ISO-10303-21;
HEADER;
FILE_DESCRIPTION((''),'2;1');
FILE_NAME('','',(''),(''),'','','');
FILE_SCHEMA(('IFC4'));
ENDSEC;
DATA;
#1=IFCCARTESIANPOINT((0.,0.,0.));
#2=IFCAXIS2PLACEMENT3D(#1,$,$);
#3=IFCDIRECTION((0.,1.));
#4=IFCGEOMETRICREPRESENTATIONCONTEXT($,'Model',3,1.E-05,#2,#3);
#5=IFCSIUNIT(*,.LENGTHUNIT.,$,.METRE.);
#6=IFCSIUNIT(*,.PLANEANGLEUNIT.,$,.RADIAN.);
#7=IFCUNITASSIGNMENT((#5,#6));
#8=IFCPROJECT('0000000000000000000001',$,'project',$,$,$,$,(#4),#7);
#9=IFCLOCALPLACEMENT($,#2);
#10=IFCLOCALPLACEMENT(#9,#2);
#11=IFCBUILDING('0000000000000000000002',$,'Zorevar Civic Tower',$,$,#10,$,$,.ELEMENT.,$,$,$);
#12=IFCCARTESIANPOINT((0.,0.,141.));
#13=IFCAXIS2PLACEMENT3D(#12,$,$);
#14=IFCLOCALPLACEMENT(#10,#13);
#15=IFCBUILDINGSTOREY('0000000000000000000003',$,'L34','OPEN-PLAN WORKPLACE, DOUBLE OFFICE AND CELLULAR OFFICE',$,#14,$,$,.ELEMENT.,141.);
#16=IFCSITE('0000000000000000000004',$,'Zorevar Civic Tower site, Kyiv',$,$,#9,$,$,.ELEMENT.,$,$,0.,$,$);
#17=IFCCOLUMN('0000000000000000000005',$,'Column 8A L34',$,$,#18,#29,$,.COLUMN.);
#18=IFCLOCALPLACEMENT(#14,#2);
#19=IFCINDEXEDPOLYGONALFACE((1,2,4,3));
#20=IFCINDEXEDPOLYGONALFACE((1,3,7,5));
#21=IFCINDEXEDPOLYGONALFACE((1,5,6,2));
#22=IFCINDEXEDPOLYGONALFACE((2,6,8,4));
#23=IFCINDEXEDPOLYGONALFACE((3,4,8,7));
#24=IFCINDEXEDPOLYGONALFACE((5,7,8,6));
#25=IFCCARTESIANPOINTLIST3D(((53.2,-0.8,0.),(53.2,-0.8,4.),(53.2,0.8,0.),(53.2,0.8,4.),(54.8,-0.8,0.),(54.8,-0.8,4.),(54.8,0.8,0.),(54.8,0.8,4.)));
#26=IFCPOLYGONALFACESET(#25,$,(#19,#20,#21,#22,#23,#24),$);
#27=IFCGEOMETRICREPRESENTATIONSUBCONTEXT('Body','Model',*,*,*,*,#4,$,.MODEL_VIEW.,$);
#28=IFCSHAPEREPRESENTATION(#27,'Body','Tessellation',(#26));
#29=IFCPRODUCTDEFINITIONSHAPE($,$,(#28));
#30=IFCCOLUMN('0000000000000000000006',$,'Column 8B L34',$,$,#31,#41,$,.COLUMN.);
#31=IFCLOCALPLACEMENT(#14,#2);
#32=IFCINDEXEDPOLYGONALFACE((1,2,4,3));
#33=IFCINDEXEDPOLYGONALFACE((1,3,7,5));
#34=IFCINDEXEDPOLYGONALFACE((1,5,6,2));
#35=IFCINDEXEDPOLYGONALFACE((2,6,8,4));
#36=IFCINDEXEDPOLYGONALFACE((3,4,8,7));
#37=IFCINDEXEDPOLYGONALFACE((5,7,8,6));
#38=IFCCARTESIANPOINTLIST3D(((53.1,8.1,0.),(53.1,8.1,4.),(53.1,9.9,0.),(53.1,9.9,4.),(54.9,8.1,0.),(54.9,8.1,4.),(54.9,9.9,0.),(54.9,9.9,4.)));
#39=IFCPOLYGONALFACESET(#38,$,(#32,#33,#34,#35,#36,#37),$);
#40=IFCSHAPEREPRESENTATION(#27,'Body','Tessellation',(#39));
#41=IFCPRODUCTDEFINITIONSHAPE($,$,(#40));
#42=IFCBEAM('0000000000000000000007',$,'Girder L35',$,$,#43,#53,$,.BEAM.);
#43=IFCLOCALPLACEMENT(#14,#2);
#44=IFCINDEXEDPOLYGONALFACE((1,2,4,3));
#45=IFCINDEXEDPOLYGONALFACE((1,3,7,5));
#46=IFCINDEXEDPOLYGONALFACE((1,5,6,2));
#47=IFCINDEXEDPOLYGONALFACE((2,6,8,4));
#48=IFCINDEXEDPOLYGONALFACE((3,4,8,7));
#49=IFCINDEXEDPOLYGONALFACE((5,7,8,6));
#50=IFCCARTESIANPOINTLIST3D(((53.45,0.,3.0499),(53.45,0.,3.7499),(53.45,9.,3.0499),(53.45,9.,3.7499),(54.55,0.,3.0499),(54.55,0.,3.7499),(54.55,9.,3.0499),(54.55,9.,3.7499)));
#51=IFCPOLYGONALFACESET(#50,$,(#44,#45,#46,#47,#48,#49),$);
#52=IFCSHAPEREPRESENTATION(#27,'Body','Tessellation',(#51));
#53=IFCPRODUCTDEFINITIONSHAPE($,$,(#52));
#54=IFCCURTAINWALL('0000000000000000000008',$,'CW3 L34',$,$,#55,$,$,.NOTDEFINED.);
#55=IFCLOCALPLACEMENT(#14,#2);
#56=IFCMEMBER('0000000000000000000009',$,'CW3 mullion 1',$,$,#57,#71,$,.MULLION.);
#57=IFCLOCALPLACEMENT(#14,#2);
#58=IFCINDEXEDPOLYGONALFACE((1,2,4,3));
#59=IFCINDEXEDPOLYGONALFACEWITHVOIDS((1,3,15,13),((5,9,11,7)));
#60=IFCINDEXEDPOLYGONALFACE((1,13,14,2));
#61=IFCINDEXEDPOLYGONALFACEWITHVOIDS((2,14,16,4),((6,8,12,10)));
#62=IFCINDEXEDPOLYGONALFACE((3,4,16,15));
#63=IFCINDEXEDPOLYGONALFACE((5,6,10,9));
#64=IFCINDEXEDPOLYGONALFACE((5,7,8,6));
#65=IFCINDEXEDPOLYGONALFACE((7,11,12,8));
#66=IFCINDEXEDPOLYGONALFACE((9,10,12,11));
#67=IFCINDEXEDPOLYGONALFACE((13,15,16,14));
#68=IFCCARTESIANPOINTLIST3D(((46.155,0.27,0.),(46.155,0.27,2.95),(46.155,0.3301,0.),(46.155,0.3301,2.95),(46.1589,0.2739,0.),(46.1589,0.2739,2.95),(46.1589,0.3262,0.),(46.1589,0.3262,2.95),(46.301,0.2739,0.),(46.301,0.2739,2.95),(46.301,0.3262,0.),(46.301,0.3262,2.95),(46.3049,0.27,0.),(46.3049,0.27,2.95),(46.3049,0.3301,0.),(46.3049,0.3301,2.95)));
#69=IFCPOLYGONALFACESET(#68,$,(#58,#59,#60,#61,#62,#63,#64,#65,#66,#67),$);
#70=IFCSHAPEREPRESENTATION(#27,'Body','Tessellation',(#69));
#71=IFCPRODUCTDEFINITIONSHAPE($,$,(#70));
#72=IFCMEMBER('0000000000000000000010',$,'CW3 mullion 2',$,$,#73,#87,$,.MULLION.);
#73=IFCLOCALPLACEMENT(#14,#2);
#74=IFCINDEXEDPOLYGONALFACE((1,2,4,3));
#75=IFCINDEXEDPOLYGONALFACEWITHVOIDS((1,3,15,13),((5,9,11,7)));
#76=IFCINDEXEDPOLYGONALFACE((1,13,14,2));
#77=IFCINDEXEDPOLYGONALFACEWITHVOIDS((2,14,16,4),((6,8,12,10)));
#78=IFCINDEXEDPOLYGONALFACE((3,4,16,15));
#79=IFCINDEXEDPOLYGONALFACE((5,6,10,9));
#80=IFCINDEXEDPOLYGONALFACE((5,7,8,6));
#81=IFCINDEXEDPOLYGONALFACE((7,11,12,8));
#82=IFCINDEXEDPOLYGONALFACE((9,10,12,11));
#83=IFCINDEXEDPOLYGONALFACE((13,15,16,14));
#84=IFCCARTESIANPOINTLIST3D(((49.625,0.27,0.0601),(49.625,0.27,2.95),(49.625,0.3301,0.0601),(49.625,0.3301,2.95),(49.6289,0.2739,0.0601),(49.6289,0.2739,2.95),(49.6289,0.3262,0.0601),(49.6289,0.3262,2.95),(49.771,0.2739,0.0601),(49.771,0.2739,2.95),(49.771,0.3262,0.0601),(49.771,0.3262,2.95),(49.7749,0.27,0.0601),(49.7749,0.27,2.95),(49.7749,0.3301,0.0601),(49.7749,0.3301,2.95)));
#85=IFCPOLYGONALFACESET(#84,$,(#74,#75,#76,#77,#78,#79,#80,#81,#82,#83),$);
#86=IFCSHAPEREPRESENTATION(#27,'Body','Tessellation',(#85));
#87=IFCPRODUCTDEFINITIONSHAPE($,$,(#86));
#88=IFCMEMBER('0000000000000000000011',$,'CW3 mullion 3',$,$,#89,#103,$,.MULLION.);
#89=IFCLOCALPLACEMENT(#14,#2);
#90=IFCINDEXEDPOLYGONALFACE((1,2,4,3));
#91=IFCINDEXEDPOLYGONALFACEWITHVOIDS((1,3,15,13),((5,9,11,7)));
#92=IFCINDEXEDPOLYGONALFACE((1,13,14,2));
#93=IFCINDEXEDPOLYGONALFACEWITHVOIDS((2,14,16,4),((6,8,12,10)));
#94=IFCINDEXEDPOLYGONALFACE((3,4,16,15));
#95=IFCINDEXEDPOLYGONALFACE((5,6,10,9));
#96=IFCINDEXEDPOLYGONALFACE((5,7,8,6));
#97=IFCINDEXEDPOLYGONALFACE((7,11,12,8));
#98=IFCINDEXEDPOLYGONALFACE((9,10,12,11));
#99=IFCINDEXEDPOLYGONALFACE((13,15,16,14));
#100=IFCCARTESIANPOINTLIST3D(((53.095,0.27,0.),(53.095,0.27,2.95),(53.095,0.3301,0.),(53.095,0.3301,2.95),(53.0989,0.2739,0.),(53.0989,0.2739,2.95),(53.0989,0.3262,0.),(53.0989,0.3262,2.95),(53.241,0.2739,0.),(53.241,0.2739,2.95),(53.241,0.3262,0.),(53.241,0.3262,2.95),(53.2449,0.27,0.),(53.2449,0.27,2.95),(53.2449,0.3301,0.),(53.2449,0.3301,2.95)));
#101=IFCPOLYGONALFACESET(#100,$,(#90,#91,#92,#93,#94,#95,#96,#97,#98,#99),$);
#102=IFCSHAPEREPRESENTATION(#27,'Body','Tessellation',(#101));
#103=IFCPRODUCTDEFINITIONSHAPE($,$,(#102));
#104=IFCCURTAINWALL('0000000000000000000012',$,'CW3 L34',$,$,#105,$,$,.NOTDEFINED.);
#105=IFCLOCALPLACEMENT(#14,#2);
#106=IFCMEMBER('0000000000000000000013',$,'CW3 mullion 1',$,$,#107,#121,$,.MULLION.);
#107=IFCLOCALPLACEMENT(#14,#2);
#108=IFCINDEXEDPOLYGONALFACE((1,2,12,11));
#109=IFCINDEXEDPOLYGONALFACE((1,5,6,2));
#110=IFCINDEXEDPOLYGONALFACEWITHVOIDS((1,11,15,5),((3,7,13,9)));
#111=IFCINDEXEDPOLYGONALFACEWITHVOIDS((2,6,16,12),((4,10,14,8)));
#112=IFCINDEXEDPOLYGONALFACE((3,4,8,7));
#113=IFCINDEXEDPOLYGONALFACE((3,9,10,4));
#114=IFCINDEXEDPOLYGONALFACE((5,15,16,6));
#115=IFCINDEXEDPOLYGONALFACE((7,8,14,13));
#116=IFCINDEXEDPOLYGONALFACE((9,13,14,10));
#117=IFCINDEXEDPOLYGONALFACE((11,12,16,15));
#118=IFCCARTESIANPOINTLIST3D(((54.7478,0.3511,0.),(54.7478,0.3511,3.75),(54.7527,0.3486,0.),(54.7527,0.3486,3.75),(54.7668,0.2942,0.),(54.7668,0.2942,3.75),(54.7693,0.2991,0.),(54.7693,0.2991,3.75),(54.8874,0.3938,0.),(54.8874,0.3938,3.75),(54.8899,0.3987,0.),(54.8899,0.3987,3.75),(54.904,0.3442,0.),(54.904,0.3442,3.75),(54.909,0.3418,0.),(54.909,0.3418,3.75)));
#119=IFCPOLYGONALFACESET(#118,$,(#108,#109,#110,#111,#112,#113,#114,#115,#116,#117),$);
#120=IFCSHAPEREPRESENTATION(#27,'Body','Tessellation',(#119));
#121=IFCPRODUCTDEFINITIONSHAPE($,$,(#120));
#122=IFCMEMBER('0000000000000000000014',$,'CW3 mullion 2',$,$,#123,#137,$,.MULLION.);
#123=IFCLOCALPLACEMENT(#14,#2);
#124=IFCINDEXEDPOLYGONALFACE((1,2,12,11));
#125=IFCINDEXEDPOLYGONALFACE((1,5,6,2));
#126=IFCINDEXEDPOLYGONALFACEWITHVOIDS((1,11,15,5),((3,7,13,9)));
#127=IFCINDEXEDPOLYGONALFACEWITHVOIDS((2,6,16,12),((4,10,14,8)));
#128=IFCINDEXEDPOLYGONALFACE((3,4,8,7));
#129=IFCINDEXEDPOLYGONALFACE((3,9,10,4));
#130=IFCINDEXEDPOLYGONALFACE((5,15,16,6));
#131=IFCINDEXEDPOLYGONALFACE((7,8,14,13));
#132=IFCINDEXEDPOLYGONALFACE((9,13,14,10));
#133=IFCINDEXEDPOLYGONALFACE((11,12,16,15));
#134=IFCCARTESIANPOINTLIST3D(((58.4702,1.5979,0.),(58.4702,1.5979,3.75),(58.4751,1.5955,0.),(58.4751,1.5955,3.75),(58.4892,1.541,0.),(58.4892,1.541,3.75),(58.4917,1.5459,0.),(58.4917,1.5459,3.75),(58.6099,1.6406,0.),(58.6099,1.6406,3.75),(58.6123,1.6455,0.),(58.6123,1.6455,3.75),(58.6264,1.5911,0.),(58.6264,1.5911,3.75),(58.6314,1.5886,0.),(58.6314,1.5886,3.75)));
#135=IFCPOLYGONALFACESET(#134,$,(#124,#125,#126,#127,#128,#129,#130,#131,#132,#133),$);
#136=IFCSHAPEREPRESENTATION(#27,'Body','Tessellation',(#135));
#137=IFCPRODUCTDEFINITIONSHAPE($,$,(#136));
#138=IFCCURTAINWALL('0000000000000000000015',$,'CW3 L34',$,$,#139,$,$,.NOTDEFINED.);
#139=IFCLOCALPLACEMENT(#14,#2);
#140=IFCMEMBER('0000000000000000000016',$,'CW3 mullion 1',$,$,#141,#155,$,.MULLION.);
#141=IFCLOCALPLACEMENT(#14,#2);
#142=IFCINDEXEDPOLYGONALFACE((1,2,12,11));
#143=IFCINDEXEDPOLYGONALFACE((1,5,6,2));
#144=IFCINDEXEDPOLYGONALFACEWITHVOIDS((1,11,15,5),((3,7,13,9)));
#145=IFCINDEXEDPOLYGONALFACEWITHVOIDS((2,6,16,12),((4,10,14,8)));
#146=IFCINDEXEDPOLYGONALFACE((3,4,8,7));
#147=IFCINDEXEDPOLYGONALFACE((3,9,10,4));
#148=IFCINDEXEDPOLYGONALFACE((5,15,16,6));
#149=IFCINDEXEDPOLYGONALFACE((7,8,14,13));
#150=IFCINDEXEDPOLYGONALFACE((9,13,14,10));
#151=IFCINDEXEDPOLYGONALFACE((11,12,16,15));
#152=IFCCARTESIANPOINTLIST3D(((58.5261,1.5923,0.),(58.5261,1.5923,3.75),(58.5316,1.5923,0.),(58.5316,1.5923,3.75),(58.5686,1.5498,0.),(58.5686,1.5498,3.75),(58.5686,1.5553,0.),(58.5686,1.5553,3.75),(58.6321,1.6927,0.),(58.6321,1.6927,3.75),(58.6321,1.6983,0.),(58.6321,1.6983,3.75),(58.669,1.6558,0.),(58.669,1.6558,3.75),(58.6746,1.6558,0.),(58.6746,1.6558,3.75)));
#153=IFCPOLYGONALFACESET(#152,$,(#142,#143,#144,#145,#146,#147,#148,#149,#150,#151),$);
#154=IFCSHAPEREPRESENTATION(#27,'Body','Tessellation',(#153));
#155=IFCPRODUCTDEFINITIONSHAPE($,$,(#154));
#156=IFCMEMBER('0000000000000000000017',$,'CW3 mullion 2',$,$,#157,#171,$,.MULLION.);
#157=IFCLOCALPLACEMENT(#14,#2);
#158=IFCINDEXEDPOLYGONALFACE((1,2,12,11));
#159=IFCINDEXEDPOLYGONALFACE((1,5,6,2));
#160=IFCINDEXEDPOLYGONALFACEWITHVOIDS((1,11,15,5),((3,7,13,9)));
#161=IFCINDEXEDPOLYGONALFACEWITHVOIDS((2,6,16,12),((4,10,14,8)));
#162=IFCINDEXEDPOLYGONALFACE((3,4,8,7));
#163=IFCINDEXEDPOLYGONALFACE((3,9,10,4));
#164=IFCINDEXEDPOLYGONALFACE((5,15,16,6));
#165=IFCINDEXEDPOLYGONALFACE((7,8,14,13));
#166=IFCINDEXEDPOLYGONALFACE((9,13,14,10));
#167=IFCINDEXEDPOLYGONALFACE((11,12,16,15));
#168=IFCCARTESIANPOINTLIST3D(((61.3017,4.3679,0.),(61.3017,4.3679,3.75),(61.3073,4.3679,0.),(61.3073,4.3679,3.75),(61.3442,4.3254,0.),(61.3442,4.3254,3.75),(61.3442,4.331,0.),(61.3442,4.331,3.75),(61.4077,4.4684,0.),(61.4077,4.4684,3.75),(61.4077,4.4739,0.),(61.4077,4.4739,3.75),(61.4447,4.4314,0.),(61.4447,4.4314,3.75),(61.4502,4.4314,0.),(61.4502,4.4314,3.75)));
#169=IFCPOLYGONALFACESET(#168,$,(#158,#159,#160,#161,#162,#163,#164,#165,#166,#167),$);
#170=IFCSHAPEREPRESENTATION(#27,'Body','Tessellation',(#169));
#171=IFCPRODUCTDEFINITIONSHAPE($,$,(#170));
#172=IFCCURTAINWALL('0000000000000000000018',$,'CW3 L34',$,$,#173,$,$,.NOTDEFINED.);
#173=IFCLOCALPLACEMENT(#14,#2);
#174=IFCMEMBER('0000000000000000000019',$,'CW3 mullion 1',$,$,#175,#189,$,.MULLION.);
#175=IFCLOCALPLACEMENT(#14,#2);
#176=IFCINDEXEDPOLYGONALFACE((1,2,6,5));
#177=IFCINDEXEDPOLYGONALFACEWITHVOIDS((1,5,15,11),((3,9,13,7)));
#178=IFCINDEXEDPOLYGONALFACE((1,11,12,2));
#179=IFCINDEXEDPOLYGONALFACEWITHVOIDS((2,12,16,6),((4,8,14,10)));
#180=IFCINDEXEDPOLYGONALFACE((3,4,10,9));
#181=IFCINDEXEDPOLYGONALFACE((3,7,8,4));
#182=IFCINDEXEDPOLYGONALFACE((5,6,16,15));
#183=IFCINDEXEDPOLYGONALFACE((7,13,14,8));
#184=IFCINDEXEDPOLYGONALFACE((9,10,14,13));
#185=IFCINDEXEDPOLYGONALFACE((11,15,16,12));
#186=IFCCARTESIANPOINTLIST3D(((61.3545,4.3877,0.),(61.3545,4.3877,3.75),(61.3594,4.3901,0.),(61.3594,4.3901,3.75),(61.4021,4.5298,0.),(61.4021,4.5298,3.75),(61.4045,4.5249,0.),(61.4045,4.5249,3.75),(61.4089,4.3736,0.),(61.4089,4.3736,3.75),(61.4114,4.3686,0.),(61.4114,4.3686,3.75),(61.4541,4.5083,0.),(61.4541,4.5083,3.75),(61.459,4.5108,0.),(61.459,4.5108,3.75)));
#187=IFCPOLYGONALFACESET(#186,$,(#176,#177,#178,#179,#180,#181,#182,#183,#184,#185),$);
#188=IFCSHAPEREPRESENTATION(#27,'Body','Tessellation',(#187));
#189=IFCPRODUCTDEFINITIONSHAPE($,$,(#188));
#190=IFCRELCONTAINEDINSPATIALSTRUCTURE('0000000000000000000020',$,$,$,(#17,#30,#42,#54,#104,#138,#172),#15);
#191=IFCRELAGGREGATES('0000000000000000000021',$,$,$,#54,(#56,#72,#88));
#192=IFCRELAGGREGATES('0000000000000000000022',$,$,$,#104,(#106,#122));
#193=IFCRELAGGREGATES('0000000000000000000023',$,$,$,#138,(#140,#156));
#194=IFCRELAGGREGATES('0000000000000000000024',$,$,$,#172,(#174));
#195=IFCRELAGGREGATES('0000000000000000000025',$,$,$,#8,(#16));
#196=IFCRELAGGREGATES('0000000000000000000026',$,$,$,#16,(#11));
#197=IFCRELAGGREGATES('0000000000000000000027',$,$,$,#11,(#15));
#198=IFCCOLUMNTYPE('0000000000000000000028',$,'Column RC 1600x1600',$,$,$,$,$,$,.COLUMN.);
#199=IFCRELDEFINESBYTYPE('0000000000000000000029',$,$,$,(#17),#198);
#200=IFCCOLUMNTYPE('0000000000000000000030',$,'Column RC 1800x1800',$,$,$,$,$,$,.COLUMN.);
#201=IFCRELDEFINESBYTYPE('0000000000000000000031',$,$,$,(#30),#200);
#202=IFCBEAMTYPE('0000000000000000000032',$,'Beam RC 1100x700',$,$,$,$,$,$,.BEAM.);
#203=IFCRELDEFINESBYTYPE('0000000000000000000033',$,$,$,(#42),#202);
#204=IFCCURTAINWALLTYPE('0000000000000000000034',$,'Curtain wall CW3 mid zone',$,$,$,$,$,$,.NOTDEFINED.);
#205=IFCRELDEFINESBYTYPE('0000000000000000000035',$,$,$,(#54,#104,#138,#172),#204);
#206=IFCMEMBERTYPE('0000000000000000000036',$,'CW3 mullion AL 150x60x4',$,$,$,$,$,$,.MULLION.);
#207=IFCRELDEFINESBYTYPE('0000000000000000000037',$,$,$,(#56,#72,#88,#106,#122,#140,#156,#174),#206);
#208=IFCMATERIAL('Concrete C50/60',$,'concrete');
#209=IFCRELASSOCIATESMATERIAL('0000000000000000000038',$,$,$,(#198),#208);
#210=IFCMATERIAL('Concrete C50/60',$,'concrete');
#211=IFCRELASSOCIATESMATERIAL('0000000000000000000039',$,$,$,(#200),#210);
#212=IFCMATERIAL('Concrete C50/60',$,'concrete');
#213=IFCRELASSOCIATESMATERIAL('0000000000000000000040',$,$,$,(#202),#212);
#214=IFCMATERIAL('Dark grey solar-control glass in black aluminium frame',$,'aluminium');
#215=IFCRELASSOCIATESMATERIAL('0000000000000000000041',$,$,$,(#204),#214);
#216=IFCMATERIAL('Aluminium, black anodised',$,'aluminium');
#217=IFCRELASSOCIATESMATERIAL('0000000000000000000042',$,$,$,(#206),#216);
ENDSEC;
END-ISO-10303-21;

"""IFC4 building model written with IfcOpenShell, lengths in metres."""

from ifc_helpers import new_model, si_unit, direction, frame, origin, origin_2d, place, context, subcontext, project, spatial, rectangle, hollow_rectangle, extrude, material, material_profile, profile_set, type_object, element, aggregate, save


model = new_model("IFC4")

# Units and contexts
model_context = context("Model", 3, precision=1e-05, world=origin(), true_north=direction((0.0, 1.0)))
body_context = subcontext(model_context, "Body", "Model", "MODEL_VIEW")
ifc_project = project(units=[si_unit("LENGTHUNIT", "METRE"), si_unit("PLANEANGLEUNIT", "RADIAN")], contexts=[model_context])

# Site, building, storey
site_placement = place(None, origin())
site = spatial("IfcSite", under=ifc_project, at=site_placement, Name="Zorevar Civic Tower site, Kyiv", CompositionType="ELEMENT", RefElevation=0.0)
building_placement = place(site_placement, origin())
building = spatial("IfcBuilding", under=site, at=building_placement, Name="Zorevar Civic Tower", CompositionType="ELEMENT")
storey_placement = place(building_placement, frame((0.0, 0.0, 141.0)))
storey = spatial("IfcBuildingStorey", under=building, at=storey_placement, Name="L34", Description="OPEN-PLAN WORKPLACE, DOUBLE OFFICE AND CELLULAR OFFICE", CompositionType="ELEMENT", Elevation=141.0)

# Columns
ifc_material_1 = material(Name="Concrete C50/60", Category="concrete")
ifc_material_profile_1 = material_profile(ifc_material_1, rectangle(XDim=1.6001, YDim=1.6001, at=origin_2d()), Name="RC 1600x1600")
ifc_profile_set_1 = profile_set([ifc_material_profile_1], Name="Concrete C50/60")
column_type_1 = type_object("IfcColumnType", Name="Column RC 1600x1600", PredefinedType="COLUMN", material=ifc_profile_set_1)
column_1_placement = place(storey_placement, frame((54.0, 0.0, 0.0), z_axis=(0.0, 0.0, 1.0), x_axis=(1.0, 0.0, 0.0)))
element("IfcColumn", 1, at=column_1_placement, inside=storey, type_object=column_type_1, Name="Column 8A L34", PredefinedType="COLUMN", context=body_context, shape_type="SweptSolid", body=[
    extrude(rectangle(XDim=1.6001, YDim=1.6001, at=origin_2d()), origin(), (0.0, 0.0, 1.0), 4.0),
])
ifc_material_2 = material(Name="Concrete C50/60", Category="concrete")
ifc_material_profile_2 = material_profile(ifc_material_2, rectangle(XDim=1.8, YDim=1.8, at=origin_2d()), Name="RC 1800x1800")
ifc_profile_set_2 = profile_set([ifc_material_profile_2], Name="Concrete C50/60")
column_type_2 = type_object("IfcColumnType", Name="Column RC 1800x1800", PredefinedType="COLUMN", material=ifc_profile_set_2)
column_2_placement = place(storey_placement, frame((54.0, 9.0, 0.0), z_axis=(0.0, 0.0, 1.0), x_axis=(1.0, 0.0, 0.0)))
element("IfcColumn", 2, at=column_2_placement, inside=storey, type_object=column_type_2, Name="Column 8B L34", PredefinedType="COLUMN", context=body_context, shape_type="SweptSolid", body=[
    extrude(rectangle(XDim=1.8, YDim=1.8, at=origin_2d()), origin(), (0.0, 0.0, 1.0), 4.0),
])

# Beam
ifc_material_3 = material(Name="Concrete C50/60", Category="concrete")
ifc_material_profile_3 = material_profile(ifc_material_3, rectangle(XDim=1.1001, YDim=0.7, at=origin_2d()), Name="RC 1100x700")
ifc_profile_set_3 = profile_set([ifc_material_profile_3], Name="Concrete C50/60")
beam_type_1 = type_object("IfcBeamType", Name="Beam RC 1100x700", PredefinedType="BEAM", material=ifc_profile_set_3)
beam_1_placement = place(storey_placement, frame((54.0, 0.0, 3.3999), z_axis=(0.0, 1.0, 0.0), x_axis=(-1.0, 0.0, 0.0)))
element("IfcBeam", 3, at=beam_1_placement, inside=storey, type_object=beam_type_1, Name="Girder L35", PredefinedType="BEAM", context=body_context, shape_type="SweptSolid", body=[
    extrude(rectangle(XDim=1.1001, YDim=0.7, at=origin_2d()), origin(), (0.0, 0.0, 1.0), 9.0),
])

# Curtain walls, members
ifc_material_4 = material(Name="Dark grey solar-control glass in black aluminium frame", Category="aluminium")
curtain_wall_type = type_object("IfcCurtainWallType", Name="Curtain wall CW3 mid zone", PredefinedType="NOTDEFINED", material=ifc_material_4)
curtain_wall_1_placement = place(storey_placement, origin())
curtain_wall_1 = element("IfcCurtainWall", 4, at=curtain_wall_1_placement, inside=storey, type_object=curtain_wall_type, Name="CW3 L34", PredefinedType="NOTDEFINED")
ifc_material_5 = material(Name="Aluminium, black anodised", Category="aluminium")
ifc_material_profile_4 = material_profile(ifc_material_5, hollow_rectangle(XDim=0.0601, YDim=0.1499, WallThickness=0.0039, at=origin_2d()), Name="AL 150x60x4")
ifc_profile_set_4 = profile_set([ifc_material_profile_4], Name="Aluminium, black anodised")
member_type_1 = type_object("IfcMemberType", Name="CW3 mullion AL 150x60x4", PredefinedType="MULLION", material=ifc_profile_set_4)
member_1_placement = place(storey_placement, frame((46.23, 0.3, 0.0), z_axis=(0.0, 0.0, 1.0), x_axis=(0.0, 1.0, 0.0)))
member_1 = element("IfcMember", 5, at=member_1_placement, type_object=member_type_1, Name="CW3 mullion 1", PredefinedType="MULLION", context=body_context, shape_type="SweptSolid", body=[
    extrude(hollow_rectangle(XDim=0.0601, YDim=0.1499, WallThickness=0.0039, at=origin_2d()), origin(), (0.0, 0.0, 1.0), 2.95),
])
member_2_placement = place(storey_placement, frame((49.7, 0.3, 0.0601), z_axis=(0.0, 0.0, 1.0), x_axis=(0.0, 1.0, 0.0)))
member_2 = element("IfcMember", 6, at=member_2_placement, type_object=member_type_1, Name="CW3 mullion 2", PredefinedType="MULLION", context=body_context, shape_type="SweptSolid", body=[
    extrude(hollow_rectangle(XDim=0.0601, YDim=0.1499, WallThickness=0.0039, at=origin_2d()), origin(), (0.0, 0.0, 1.0), 2.8899),
])
member_3_placement = place(storey_placement, frame((53.1699, 0.3, 0.0), z_axis=(0.0, 0.0, 1.0), x_axis=(0.0, 1.0, 0.0)))
member_3 = element("IfcMember", 7, at=member_3_placement, type_object=member_type_1, Name="CW3 mullion 3", PredefinedType="MULLION", context=body_context, shape_type="SweptSolid", body=[
    extrude(hollow_rectangle(XDim=0.0601, YDim=0.1499, WallThickness=0.0039, at=origin_2d()), origin(), (0.0, 0.0, 1.0), 2.95),
])
curtain_wall_2_placement = place(storey_placement, origin())
curtain_wall_2 = element("IfcCurtainWall", 8, at=curtain_wall_2_placement, inside=storey, type_object=curtain_wall_type, Name="CW3 L34", PredefinedType="NOTDEFINED")
member_4_placement = place(storey_placement, frame((54.8284, 0.3464, 0.0), z_axis=(0.0, 0.0, 1.0), x_axis=(-0.317593, 0.948227, 0.0)))
member_4 = element("IfcMember", 9, at=member_4_placement, type_object=member_type_1, Name="CW3 mullion 1", PredefinedType="MULLION", context=body_context, shape_type="SweptSolid", body=[
    extrude(hollow_rectangle(XDim=0.0601, YDim=0.1499, WallThickness=0.0039, at=origin_2d()), origin(), (0.0, 0.0, 1.0), 3.75),
])
member_5_placement = place(storey_placement, frame((58.5508, 1.5933, 0.0), z_axis=(0.0, 0.0, 1.0), x_axis=(-0.317593, 0.948227, 0.0)))
member_5 = element("IfcMember", 10, at=member_5_placement, type_object=member_type_1, Name="CW3 mullion 2", PredefinedType="MULLION", context=body_context, shape_type="SweptSolid", body=[
    extrude(hollow_rectangle(XDim=0.0601, YDim=0.1499, WallThickness=0.0039, at=origin_2d()), origin(), (0.0, 0.0, 1.0), 3.75),
])
curtain_wall_3_placement = place(storey_placement, origin())
curtain_wall_3 = element("IfcCurtainWall", 11, at=curtain_wall_3_placement, inside=storey, type_object=curtain_wall_type, Name="CW3 L34", PredefinedType="NOTDEFINED")
member_6_placement = place(storey_placement, frame((58.6003, 1.624, 0.0), z_axis=(0.0, 0.0, 1.0), x_axis=(-0.707107, 0.707107, 0.0)))
member_6 = element("IfcMember", 12, at=member_6_placement, type_object=member_type_1, Name="CW3 mullion 1", PredefinedType="MULLION", context=body_context, shape_type="SweptSolid", body=[
    extrude(hollow_rectangle(XDim=0.0601, YDim=0.1499, WallThickness=0.0039, at=origin_2d()), origin(), (0.0, 0.0, 1.0), 3.75),
])
member_7_placement = place(storey_placement, frame((61.376, 4.3997, 0.0), z_axis=(0.0, 0.0, 1.0), x_axis=(-0.707107, 0.707107, 0.0)))
member_7 = element("IfcMember", 13, at=member_7_placement, type_object=member_type_1, Name="CW3 mullion 2", PredefinedType="MULLION", context=body_context, shape_type="SweptSolid", body=[
    extrude(hollow_rectangle(XDim=0.0601, YDim=0.1499, WallThickness=0.0039, at=origin_2d()), origin(), (0.0, 0.0, 1.0), 3.75),
])
curtain_wall_4_placement = place(storey_placement, origin())
curtain_wall_4 = element("IfcCurtainWall", 14, at=curtain_wall_4_placement, inside=storey, type_object=curtain_wall_type, Name="CW3 L34", PredefinedType="NOTDEFINED")
member_8_placement = place(storey_placement, frame((61.4067, 4.4492, 0.0), z_axis=(0.0, 0.0, 1.0), x_axis=(-0.948227, 0.317593, 0.0)))
member_8 = element("IfcMember", 15, at=member_8_placement, type_object=member_type_1, Name="CW3 mullion 1", PredefinedType="MULLION", context=body_context, shape_type="SweptSolid", body=[
    extrude(hollow_rectangle(XDim=0.0601, YDim=0.1499, WallThickness=0.0039, at=origin_2d()), origin(), (0.0, 0.0, 1.0), 3.75),
])

aggregate(curtain_wall_1, [member_1, member_2, member_3])
aggregate(curtain_wall_2, [member_4, member_5])
aggregate(curtain_wall_3, [member_6, member_7])
aggregate(curtain_wall_4, [member_8])

save(model, "model.ifc")
